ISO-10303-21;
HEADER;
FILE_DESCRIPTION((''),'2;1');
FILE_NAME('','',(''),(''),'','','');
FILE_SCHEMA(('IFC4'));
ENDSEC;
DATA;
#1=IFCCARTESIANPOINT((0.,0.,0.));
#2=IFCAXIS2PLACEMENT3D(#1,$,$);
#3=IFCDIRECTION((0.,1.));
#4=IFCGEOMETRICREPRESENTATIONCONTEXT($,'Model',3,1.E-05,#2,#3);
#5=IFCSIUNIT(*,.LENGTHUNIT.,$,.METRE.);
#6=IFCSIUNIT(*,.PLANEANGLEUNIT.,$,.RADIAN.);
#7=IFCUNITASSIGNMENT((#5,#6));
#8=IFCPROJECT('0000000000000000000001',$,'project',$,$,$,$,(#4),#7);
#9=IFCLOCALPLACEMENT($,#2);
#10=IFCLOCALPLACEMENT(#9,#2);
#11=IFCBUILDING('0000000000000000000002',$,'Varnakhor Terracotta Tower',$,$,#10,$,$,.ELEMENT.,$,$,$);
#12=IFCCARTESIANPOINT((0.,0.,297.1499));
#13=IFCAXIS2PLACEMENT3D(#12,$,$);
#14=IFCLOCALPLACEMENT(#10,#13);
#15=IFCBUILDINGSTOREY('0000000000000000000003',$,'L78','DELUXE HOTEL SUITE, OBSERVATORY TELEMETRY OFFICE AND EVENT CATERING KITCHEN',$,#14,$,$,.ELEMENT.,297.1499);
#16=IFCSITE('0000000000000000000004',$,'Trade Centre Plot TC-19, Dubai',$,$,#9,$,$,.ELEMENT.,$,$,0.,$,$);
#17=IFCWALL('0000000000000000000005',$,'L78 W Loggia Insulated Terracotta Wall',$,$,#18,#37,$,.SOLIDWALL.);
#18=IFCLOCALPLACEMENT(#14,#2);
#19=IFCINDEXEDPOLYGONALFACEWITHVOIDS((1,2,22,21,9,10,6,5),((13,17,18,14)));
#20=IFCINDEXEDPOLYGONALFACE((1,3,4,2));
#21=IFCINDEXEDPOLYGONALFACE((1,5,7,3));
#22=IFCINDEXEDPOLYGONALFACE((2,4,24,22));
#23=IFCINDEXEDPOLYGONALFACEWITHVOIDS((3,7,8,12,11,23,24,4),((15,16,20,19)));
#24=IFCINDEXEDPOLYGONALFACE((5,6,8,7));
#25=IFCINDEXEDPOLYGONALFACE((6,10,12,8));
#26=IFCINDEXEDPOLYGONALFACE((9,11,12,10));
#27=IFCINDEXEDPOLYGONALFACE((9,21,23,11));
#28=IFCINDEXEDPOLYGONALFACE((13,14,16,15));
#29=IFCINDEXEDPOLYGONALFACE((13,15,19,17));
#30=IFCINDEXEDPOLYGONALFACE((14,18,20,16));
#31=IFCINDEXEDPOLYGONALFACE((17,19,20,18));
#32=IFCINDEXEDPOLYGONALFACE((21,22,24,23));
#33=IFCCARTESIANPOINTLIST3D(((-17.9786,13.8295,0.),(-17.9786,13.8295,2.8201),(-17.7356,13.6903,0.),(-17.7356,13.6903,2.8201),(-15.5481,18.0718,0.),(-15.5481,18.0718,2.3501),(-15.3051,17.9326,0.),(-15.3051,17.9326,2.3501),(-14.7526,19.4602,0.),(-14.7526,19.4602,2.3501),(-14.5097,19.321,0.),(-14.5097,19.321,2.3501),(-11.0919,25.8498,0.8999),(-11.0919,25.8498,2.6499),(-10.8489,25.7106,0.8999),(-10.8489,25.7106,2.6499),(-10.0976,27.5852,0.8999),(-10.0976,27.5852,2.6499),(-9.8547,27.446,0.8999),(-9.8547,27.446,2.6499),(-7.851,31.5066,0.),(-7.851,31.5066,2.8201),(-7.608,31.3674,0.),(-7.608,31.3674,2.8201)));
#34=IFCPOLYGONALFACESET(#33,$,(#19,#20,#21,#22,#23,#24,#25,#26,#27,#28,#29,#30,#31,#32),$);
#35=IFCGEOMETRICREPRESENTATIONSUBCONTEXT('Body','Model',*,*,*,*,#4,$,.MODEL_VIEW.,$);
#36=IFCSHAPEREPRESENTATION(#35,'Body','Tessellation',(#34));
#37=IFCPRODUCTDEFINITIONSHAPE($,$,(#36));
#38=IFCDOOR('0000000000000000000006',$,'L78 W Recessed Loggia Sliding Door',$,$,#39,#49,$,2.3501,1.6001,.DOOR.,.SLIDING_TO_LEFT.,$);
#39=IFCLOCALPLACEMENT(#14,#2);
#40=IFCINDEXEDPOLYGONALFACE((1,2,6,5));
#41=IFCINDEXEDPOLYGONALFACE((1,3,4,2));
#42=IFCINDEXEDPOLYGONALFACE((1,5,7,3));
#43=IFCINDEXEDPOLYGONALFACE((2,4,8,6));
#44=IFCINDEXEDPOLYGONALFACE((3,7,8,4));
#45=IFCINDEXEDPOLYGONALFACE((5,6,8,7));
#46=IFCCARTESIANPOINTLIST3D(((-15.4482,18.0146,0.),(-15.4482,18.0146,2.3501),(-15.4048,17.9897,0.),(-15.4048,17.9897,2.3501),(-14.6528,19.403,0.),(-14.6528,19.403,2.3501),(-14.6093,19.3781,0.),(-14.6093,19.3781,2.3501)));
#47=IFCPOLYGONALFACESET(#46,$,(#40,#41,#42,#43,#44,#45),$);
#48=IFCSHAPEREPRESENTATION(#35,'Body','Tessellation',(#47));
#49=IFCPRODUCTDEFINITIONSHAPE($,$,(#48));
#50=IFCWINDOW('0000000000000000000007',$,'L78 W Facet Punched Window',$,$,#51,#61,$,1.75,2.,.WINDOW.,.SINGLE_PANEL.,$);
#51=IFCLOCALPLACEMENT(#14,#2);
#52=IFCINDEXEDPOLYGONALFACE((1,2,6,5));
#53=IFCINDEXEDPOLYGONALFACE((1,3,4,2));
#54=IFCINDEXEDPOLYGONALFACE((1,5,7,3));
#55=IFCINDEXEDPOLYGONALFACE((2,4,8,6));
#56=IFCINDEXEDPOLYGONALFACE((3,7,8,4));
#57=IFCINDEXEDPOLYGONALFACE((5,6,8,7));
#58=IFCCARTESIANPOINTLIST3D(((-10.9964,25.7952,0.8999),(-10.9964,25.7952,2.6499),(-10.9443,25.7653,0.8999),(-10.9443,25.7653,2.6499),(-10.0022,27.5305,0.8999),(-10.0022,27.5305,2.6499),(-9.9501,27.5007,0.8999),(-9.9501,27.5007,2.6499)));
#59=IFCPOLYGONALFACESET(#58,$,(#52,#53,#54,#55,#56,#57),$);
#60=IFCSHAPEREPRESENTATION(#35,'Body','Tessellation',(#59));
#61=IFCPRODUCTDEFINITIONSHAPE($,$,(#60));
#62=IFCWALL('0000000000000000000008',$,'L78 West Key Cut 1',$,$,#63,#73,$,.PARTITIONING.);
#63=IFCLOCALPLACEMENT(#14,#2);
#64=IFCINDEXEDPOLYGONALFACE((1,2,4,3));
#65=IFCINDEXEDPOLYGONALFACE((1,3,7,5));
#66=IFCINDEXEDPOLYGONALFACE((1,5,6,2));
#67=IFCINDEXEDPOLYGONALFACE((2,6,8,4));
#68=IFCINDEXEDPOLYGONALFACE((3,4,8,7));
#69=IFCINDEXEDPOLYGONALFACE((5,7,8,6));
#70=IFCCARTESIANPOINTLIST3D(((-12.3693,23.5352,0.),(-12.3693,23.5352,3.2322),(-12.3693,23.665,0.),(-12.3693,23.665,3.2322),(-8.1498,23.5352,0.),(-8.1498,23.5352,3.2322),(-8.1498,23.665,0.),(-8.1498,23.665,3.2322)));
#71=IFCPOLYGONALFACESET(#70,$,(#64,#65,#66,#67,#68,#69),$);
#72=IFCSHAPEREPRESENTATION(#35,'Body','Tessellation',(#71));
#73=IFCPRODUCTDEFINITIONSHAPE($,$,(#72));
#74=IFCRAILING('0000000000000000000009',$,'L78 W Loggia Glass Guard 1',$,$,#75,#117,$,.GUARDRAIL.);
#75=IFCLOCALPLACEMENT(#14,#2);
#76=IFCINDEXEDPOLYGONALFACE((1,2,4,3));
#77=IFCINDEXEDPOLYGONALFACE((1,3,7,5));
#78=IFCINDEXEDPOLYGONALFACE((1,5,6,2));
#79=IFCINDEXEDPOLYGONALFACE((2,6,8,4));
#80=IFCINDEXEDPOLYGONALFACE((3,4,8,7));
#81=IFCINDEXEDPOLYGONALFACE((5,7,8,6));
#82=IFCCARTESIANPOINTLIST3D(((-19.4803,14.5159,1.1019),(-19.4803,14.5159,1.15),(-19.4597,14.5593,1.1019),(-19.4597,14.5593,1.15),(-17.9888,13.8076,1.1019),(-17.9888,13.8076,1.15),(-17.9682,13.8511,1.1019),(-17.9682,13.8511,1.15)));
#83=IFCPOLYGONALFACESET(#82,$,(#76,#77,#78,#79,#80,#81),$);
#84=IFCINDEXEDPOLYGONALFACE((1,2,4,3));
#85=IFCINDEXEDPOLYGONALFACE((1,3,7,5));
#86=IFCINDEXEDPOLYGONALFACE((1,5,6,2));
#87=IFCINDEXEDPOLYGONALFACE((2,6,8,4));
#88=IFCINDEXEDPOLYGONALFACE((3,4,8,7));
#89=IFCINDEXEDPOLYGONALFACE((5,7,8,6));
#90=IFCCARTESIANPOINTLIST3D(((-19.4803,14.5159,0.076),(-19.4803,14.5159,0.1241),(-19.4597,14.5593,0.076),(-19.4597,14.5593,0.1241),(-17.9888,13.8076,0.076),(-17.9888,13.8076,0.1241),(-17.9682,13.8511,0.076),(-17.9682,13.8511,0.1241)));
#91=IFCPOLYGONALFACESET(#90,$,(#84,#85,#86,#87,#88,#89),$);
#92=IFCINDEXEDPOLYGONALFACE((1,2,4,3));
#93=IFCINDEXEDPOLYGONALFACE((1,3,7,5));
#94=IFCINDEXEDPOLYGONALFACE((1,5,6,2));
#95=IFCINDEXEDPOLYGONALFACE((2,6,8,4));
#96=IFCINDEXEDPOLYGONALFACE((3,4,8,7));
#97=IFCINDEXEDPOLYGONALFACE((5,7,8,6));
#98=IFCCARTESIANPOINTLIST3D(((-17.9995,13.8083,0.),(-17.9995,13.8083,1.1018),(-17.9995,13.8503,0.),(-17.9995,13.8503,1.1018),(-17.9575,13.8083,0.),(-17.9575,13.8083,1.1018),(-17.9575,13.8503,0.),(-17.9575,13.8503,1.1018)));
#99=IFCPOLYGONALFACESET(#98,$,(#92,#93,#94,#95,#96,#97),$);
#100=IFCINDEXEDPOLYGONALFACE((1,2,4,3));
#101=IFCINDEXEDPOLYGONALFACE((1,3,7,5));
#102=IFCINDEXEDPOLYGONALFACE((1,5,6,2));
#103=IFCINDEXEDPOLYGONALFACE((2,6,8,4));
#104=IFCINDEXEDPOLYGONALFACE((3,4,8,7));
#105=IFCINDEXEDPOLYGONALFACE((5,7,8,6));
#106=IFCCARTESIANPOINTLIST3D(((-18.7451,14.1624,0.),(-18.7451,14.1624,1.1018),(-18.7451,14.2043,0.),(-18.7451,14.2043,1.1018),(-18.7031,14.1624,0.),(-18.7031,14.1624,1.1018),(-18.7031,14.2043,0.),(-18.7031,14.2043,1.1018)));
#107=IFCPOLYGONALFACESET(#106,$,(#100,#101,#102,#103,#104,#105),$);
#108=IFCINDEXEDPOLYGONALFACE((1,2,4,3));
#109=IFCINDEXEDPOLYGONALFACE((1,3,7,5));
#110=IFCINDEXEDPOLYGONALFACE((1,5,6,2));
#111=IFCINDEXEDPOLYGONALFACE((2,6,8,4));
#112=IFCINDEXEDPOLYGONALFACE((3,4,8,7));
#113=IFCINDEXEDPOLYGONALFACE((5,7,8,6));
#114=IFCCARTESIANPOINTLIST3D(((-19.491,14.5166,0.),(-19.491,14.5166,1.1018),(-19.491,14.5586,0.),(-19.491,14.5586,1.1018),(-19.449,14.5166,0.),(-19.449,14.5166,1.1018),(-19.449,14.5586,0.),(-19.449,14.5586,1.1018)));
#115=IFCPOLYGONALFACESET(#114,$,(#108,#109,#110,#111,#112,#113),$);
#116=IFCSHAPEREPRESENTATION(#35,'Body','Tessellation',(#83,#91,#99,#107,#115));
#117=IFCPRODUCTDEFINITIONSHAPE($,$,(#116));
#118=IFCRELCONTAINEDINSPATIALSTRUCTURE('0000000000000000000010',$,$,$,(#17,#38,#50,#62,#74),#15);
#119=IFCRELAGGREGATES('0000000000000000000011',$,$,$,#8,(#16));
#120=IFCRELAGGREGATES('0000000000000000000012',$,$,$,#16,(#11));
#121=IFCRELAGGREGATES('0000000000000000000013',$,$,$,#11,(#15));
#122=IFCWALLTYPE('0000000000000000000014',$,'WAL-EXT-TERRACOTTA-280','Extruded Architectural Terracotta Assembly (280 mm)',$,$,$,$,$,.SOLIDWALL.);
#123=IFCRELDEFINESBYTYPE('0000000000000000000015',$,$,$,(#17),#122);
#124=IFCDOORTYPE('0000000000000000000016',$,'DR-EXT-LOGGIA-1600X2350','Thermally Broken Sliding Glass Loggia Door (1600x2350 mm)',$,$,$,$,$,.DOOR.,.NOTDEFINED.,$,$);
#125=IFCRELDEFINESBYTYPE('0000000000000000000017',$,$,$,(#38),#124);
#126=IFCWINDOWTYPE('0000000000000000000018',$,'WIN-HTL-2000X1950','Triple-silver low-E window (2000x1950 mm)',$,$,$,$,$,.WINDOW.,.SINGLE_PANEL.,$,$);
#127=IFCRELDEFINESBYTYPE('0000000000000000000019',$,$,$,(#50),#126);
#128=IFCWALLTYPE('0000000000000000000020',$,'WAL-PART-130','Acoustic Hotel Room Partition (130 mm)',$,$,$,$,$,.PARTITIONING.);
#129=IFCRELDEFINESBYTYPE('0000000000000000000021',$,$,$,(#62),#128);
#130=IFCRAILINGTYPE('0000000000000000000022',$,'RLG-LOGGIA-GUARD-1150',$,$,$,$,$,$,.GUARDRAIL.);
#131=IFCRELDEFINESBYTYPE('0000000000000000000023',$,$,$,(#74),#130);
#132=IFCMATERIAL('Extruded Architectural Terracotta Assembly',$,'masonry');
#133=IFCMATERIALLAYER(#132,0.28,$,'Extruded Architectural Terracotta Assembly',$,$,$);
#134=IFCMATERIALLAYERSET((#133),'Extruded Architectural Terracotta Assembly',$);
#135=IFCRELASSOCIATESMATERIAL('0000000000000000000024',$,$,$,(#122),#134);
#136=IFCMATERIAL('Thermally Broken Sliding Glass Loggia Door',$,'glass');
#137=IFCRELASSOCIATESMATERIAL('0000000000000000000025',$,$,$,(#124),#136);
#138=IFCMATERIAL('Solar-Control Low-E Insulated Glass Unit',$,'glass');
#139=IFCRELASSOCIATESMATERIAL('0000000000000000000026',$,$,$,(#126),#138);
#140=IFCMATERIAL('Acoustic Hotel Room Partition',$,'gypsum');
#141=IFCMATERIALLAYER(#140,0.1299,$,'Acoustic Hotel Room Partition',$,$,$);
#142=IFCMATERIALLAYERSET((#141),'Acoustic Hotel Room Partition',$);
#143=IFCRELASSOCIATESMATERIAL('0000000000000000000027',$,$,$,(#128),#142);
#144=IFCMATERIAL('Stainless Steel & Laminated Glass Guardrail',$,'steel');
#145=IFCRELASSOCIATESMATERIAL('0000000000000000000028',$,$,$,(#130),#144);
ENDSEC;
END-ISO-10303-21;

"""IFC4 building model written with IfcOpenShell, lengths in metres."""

from ifc_helpers import new_model, si_unit, direction, frame, frame_2d, origin, origin_2d, place, context, subcontext, project, spatial, rectangle, extrude, source, transform, mapped, material, layer, layer_set, type_object, type_shapes, element, fill, save


model = new_model("IFC4")

# Units and contexts
model_context = context("Model", 3, precision=1e-05, world=origin(), true_north=direction((0.0, 1.0)))
body_context = subcontext(model_context, "Body", "Model", "MODEL_VIEW")
ifc_project = project(units=[si_unit("LENGTHUNIT", "METRE"), si_unit("PLANEANGLEUNIT", "RADIAN")], contexts=[model_context])

# Site, building, storey
site_placement = place(None, origin())
site = spatial("IfcSite", under=ifc_project, at=site_placement, Name="Trade Centre Plot TC-19, Dubai", CompositionType="ELEMENT", RefElevation=0.0)
building_placement = place(site_placement, origin())
building = spatial("IfcBuilding", under=site, at=building_placement, Name="Varnakhor Terracotta Tower", CompositionType="ELEMENT")
storey_placement = place(building_placement, frame((0.0, 0.0, 297.1499)))
storey = spatial("IfcBuildingStorey", under=building, at=storey_placement, Name="L78", Description="DELUXE HOTEL SUITE, OBSERVATORY TELEMETRY OFFICE AND EVENT CATERING KITCHEN", CompositionType="ELEMENT", Elevation=297.1499)

# Wall, openings, door, window
ifc_material_1 = material(Name="Extruded Architectural Terracotta Assembly", Category="masonry")
ifc_layer_1 = layer(ifc_material_1, 0.28, Name="Extruded Architectural Terracotta Assembly")
ifc_layer_set_1 = layer_set([ifc_layer_1], Name="Extruded Architectural Terracotta Assembly")
wall_type_1 = type_object("IfcWallType", Name="WAL-EXT-TERRACOTTA-280", Description="Extruded Architectural Terracotta Assembly (280 mm)", PredefinedType="SOLIDWALL", material=ifc_layer_set_1)
wall_1_placement = place(storey_placement, frame((-17.8572, 13.7598, 0.0), z_axis=(0.0, 0.0, 1.0), x_axis=(0.497116, 0.867684, 0.0)))
wall_1 = element("IfcWall", 1, at=wall_1_placement, inside=storey, type_object=wall_type_1, Name="L78 W Loggia Insulated Terracotta Wall", PredefinedType="SOLIDWALL", context=body_context, shape_type="SweptSolid", body=[
    extrude(rectangle(XDim=20.3728, YDim=0.28, at=frame_2d((10.1865, 0.0))), origin(), (0.0, 0.0, 1.0), 2.8201),
])
opening_1_placement = place(wall_1_placement, frame((4.8894, 0.0, 0.0)))
opening_1 = element("IfcOpeningElement", 2, at=opening_1_placement, cuts=wall_1, PredefinedType="OPENING", context=body_context, shape_type="SweptSolid", body=[
    extrude(rectangle(XDim=1.6001, YDim=2.3501, at=frame_2d((0.8, 1.175))), frame((0.0, 0.1499, 0.0), z_axis=(0.0, -1.0, 0.0), x_axis=(1.0, 0.0, 0.0)), (0.0, 0.0, 1.0), 0.3),
])
opening_2_placement = place(wall_1_placement, frame((13.8535, 0.0, 0.8999)))
opening_2 = element("IfcOpeningElement", 3, at=opening_2_placement, cuts=wall_1, PredefinedType="OPENING", context=body_context, shape_type="SweptSolid", body=[
    extrude(rectangle(XDim=2.0, YDim=1.75, at=frame_2d((1.0, 0.875))), frame((0.0, 0.1499, 0.0), z_axis=(0.0, -1.0, 0.0), x_axis=(1.0, 0.0, 0.0)), (0.0, 0.0, 1.0), 0.3),
])
ifc_material_2 = material(Name="Thermally Broken Sliding Glass Loggia Door", Category="glass")
door_type_1 = type_object("IfcDoorType", Name="DR-EXT-LOGGIA-1600X2350", Description="Thermally Broken Sliding Glass Loggia Door (1600x2350 mm)", OperationType="NOTDEFINED", PredefinedType="DOOR", material=ifc_material_2)
shared_shape_1 = source(origin(), body_context, "Body", "SweptSolid", [
    extrude(rectangle(XDim=1.6001, YDim=2.3501, at=frame_2d((0.8, 1.175))), frame((0.0, 0.0249, 0.0), z_axis=(0.0, -1.0, 0.0), x_axis=(1.0, 0.0, 0.0)), (0.0, 0.0, 1.0), 0.05),
])
type_shapes(door_type_1, [shared_shape_1])
door_1_placement = place(opening_1_placement, origin())
door_1 = element("IfcDoor", 4, at=door_1_placement, inside=storey, type_object=door_type_1, Name="L78 W Recessed Loggia Sliding Door", OperationType="SLIDING_TO_LEFT", OverallHeight=2.3501, OverallWidth=1.6001, PredefinedType="DOOR", context=body_context, shape_type="MappedRepresentation", body=[
    mapped(shared_shape_1, transform((0.0, 0.0, 0.0), scale=1.0)),
])
fill(opening_1, door_1)
ifc_material_3 = material(Name="Solar-Control Low-E Insulated Glass Unit", Category="glass")
window_type = type_object("IfcWindowType", Name="WIN-HTL-2000X1950", Description="Triple-silver low-E window (2000x1950 mm)", PartitioningType="SINGLE_PANEL", PredefinedType="WINDOW", material=ifc_material_3)
shared_shape_2 = source(origin(), body_context, "Body", "SweptSolid", [
    extrude(rectangle(XDim=2.0, YDim=1.75, at=frame_2d((1.0, 0.875))), frame((0.0, 0.03, 0.0), z_axis=(0.0, -1.0, 0.0), x_axis=(1.0, 0.0, 0.0)), (0.0, 0.0, 1.0), 0.0601),
])
type_shapes(window_type, [shared_shape_2])
window_placement = place(opening_2_placement, origin())
window = element("IfcWindow", 5, at=window_placement, inside=storey, type_object=window_type, Name="L78 W Facet Punched Window", OverallHeight=1.75, OverallWidth=2.0, PartitioningType="SINGLE_PANEL", PredefinedType="WINDOW", context=body_context, shape_type="MappedRepresentation", body=[
    mapped(shared_shape_2, transform((0.0, 0.0, 0.0), scale=1.0)),
])
fill(opening_2, window)

# Wall
ifc_material_4 = material(Name="Acoustic Hotel Room Partition", Category="gypsum")
ifc_layer_2 = layer(ifc_material_4, 0.1299, Name="Acoustic Hotel Room Partition")
ifc_layer_set_2 = layer_set([ifc_layer_2], Name="Acoustic Hotel Room Partition")
wall_type_2 = type_object("IfcWallType", Name="WAL-PART-130", Description="Acoustic Hotel Room Partition (130 mm)", PredefinedType="PARTITIONING", material=ifc_layer_set_2)
wall_2_placement = place(storey_placement, frame((-12.3694, 23.6001, 0.0), z_axis=(0.0, 0.0, 1.0), x_axis=(1.0, 0.0, 0.0)))
element("IfcWall", 6, at=wall_2_placement, inside=storey, type_object=wall_type_2, Name="L78 West Key Cut 1", PredefinedType="PARTITIONING", context=body_context, shape_type="SweptSolid", body=[
    extrude(rectangle(XDim=4.2195, YDim=0.1299, at=frame_2d((2.1099, 0.0))), origin(), (0.0, 0.0, 1.0), 3.2322),
])

# Railing
ifc_material_5 = material(Name="Stainless Steel & Laminated Glass Guardrail", Category="steel")
railing_type = type_object("IfcRailingType", Name="RLG-LOGGIA-GUARD-1150", PredefinedType="GUARDRAIL", material=ifc_material_5)
railing_1_placement = place(storey_placement, frame((-17.9785, 13.8293, 0.0)))
element("IfcRailing", 7, at=railing_1_placement, inside=storey, type_object=railing_type, Name="L78 W Loggia Glass Guard 1", PredefinedType="GUARDRAIL", context=body_context, shape_type="SweptSolid", body=[
    extrude(rectangle(XDim=0.0481, YDim=0.0481, at=origin_2d()), frame((0.0, 0.0, 1.126), z_axis=(-0.903322, 0.428963, 0.0), x_axis=(-0.428963, -0.903322, 0.0)), (0.0, 0.0, 1.0), 1.6511),
    extrude(rectangle(XDim=0.0481, YDim=0.0481, at=origin_2d()), frame((0.0, 0.0, 0.1001), z_axis=(-0.903322, 0.428963, 0.0), x_axis=(-0.428963, -0.903322, 0.0)), (0.0, 0.0, 1.0), 1.6511),
    extrude(rectangle(XDim=0.042, YDim=0.042, at=origin_2d()), origin(), (0.0, 0.0, 1.0), 1.1018),
    extrude(rectangle(XDim=0.042, YDim=0.042, at=origin_2d()), frame((-0.7456, 0.354, 0.0)), (0.0, 0.0, 1.0), 1.1018),
    extrude(rectangle(XDim=0.042, YDim=0.042, at=origin_2d()), frame((-1.4915, 0.7083, 0.0)), (0.0, 0.0, 1.0), 1.1018),
])

save(model, "model.ifc")
